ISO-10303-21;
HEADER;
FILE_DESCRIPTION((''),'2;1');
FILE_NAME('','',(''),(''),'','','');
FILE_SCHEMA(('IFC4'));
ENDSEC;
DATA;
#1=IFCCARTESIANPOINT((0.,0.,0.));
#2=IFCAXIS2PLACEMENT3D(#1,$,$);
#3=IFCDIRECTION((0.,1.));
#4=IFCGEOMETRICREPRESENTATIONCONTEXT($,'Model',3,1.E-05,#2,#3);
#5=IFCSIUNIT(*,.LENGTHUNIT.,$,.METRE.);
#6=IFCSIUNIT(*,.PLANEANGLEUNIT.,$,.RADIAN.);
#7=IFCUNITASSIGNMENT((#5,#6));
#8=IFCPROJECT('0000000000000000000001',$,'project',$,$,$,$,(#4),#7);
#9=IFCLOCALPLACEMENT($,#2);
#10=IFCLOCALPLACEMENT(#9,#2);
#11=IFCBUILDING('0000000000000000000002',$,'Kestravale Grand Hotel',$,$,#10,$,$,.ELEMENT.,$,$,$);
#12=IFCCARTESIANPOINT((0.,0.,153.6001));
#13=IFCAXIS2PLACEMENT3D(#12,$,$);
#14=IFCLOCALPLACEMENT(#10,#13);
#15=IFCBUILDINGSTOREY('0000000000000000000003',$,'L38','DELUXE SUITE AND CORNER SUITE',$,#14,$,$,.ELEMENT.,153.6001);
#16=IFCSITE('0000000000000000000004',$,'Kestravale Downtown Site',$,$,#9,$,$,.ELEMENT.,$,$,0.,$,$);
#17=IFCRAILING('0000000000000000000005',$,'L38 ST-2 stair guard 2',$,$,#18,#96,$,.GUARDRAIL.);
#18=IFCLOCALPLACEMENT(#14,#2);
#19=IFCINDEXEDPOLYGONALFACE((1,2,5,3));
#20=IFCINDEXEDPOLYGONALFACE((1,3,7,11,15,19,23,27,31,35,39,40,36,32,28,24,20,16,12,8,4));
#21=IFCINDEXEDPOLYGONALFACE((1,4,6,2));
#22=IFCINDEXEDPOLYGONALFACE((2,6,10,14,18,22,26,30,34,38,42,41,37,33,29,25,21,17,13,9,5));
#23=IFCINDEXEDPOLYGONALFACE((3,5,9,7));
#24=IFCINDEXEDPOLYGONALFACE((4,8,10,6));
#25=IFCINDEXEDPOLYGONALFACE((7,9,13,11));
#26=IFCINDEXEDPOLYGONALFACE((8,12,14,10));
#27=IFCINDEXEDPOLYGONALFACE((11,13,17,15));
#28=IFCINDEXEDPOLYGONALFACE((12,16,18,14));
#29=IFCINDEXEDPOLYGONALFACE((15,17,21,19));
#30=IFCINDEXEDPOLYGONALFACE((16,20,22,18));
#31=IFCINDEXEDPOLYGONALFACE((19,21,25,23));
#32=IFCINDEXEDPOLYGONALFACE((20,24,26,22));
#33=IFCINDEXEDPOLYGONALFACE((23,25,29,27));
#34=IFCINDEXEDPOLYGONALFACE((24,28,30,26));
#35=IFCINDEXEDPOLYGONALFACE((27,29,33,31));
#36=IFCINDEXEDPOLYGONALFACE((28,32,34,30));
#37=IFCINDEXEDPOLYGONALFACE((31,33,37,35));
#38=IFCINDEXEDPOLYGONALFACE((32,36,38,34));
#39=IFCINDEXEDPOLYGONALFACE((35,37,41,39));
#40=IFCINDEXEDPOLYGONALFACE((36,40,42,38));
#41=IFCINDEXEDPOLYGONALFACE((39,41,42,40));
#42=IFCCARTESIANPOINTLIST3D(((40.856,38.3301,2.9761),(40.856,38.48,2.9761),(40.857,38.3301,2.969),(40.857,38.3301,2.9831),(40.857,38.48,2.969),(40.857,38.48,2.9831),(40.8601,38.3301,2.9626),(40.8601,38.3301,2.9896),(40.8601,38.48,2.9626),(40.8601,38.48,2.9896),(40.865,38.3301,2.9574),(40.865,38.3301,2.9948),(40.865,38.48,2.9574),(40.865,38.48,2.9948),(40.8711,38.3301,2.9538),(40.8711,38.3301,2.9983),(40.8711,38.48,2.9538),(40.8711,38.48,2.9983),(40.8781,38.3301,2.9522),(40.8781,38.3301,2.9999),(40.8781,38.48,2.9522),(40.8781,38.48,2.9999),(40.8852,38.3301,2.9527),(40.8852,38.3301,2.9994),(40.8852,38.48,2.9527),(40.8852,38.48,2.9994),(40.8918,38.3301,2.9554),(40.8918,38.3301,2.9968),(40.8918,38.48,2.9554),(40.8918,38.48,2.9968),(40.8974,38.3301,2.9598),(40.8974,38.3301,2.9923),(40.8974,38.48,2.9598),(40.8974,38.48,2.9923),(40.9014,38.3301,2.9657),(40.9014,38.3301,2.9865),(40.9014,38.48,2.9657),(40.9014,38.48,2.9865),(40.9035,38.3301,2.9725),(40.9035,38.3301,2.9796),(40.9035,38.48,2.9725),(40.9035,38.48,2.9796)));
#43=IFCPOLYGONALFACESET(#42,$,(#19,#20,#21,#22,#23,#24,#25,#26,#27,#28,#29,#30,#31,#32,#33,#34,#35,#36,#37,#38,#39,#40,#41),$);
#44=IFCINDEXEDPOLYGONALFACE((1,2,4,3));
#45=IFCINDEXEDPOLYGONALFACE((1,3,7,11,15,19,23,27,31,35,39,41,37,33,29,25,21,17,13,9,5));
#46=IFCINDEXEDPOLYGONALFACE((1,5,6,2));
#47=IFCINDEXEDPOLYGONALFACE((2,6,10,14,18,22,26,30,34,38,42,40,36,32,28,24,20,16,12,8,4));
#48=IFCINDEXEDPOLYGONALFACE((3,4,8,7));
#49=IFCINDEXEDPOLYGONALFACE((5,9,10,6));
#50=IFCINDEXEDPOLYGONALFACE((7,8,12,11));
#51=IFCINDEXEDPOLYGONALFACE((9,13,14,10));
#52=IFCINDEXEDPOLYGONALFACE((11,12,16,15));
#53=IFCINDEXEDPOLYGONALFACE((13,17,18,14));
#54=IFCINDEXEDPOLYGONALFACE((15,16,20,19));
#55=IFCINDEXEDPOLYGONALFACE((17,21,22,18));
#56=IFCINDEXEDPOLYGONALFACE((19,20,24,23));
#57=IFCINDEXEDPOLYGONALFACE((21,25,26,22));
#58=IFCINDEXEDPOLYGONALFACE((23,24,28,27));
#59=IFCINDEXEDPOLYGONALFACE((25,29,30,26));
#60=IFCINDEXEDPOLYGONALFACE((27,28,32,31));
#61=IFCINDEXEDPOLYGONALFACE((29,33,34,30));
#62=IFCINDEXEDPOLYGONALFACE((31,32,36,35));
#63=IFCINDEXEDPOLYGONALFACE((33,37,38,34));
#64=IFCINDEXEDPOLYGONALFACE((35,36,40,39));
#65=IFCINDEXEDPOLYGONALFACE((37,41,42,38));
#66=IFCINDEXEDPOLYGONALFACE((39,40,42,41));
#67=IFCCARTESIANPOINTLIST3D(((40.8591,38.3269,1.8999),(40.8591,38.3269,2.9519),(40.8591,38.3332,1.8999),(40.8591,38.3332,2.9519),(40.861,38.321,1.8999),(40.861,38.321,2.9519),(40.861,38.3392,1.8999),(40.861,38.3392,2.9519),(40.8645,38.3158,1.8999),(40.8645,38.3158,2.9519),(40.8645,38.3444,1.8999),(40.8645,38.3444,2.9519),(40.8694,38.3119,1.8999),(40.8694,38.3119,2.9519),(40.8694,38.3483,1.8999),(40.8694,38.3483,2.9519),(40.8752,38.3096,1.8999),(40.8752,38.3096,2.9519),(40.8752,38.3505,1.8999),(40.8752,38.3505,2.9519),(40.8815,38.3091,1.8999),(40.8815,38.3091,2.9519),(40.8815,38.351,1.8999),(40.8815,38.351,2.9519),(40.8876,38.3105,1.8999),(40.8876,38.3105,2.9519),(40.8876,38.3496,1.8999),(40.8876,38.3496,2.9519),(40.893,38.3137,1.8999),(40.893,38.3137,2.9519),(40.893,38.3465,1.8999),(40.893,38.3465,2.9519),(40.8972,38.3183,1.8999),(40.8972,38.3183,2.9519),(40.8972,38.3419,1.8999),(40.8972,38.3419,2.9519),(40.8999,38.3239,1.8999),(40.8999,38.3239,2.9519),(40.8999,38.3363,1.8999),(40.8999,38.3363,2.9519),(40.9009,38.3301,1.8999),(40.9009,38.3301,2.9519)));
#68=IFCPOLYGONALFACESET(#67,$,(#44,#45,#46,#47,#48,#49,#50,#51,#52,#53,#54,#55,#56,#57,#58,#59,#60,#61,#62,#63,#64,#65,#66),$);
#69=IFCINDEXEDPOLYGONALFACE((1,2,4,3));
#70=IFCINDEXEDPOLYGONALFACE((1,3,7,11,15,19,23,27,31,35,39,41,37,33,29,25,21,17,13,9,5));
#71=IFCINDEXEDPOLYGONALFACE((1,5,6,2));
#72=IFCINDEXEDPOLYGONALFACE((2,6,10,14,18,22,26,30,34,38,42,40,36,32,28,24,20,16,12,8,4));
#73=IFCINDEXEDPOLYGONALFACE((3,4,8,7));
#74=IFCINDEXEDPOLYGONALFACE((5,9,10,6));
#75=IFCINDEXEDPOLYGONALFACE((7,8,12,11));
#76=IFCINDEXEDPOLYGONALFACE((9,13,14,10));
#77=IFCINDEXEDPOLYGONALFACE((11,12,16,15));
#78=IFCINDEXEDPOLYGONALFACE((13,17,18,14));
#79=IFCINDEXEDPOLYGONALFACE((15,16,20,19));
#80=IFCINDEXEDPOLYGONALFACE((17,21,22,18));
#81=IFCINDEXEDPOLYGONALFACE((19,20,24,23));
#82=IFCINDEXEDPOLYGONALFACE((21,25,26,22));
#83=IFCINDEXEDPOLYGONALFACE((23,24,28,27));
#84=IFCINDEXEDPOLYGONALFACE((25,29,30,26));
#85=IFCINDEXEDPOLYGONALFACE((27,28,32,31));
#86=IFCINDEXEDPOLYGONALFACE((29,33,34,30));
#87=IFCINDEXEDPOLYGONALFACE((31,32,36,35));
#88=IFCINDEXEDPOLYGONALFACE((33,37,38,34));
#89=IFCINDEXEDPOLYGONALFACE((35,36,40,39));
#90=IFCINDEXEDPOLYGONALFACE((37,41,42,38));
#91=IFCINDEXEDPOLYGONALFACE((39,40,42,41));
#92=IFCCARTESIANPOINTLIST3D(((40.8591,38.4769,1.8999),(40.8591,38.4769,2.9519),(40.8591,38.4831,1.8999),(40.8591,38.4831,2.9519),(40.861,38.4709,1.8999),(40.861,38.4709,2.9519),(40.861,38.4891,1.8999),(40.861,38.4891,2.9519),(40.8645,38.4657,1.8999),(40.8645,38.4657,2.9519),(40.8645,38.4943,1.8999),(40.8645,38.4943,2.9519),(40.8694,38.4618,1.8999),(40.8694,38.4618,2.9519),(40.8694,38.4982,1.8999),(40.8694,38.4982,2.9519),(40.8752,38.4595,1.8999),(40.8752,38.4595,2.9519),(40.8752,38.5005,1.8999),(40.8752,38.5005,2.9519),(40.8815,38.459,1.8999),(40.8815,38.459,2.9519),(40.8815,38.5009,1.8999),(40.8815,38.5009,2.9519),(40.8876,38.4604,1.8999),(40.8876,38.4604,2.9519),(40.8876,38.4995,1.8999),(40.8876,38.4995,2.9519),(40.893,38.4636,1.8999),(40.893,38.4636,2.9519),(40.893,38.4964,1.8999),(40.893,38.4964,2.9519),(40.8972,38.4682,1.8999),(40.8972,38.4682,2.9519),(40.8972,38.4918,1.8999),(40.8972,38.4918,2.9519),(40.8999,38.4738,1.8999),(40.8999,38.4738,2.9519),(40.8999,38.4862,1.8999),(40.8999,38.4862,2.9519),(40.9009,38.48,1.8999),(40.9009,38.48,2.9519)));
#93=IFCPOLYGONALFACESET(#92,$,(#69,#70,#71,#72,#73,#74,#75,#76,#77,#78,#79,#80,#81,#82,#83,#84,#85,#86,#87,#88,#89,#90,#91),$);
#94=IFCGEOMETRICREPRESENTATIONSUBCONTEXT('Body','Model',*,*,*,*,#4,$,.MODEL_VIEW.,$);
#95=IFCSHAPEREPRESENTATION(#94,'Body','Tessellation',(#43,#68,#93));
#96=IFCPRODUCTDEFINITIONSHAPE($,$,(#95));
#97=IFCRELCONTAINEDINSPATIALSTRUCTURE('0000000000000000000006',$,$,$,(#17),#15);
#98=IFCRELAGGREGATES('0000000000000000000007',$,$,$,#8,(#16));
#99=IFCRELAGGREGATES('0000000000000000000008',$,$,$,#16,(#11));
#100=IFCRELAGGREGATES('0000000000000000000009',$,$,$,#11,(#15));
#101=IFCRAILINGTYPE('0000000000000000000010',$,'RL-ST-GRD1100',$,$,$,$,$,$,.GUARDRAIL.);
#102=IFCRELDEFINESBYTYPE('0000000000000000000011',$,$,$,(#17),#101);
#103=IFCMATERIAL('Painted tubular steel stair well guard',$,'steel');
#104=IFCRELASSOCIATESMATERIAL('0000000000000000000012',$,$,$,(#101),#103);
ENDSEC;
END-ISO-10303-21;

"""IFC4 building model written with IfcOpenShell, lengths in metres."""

from ifc_helpers import new_model, si_unit, direction, frame, origin, origin_2d, place, context, subcontext, project, spatial, circle, extrude, material, type_object, element, save


model = new_model("IFC4")

# Units and contexts
model_context = context("Model", 3, precision=1e-05, world=origin(), true_north=direction((0.0, 1.0)))
body_context = subcontext(model_context, "Body", "Model", "MODEL_VIEW")
ifc_project = project(units=[si_unit("LENGTHUNIT", "METRE"), si_unit("PLANEANGLEUNIT", "RADIAN")], contexts=[model_context])

# Site, building, storey
site_placement = place(None, origin())
site = spatial("IfcSite", under=ifc_project, at=site_placement, Name="Kestravale Downtown Site", CompositionType="ELEMENT", RefElevation=0.0)
building_placement = place(site_placement, origin())
building = spatial("IfcBuilding", under=site, at=building_placement, Name="Kestravale Grand Hotel", CompositionType="ELEMENT")
storey_placement = place(building_placement, frame((0.0, 0.0, 153.6001)))
storey = spatial("IfcBuildingStorey", under=building, at=storey_placement, Name="L38", Description="DELUXE SUITE AND CORNER SUITE", CompositionType="ELEMENT", Elevation=153.6001)

# Railing
ifc_material_1 = material(Name="Painted tubular steel stair well guard", Category="steel")
railing_type_1 = type_object("IfcRailingType", Name="RL-ST-GRD1100", PredefinedType="GUARDRAIL", material=ifc_material_1)
railing_1_placement = place(storey_placement, frame((40.8799, 38.3301, 1.8999)))
element("IfcRailing", 1, at=railing_1_placement, inside=storey, type_object=railing_type_1, Name="L38 ST-2 stair guard 2", PredefinedType="GUARDRAIL", context=body_context, shape_type="SweptSolid", body=[
    extrude(circle(Radius=0.0239, at=origin_2d()), frame((0.0, 0.0, 1.0762), z_axis=(0.0, 1.0, 0.0), x_axis=(-1.0, 0.0, 0.0)), (0.0, 0.0, 1.0), 0.1499),
    extrude(circle(Radius=0.021, at=origin_2d()), origin(), (0.0, 0.0, 1.0), 1.052),
    extrude(circle(Radius=0.021, at=origin_2d()), frame((0.0, 0.1499, 0.0)), (0.0, 0.0, 1.0), 1.052),
])

save(model, "model.ifc")
